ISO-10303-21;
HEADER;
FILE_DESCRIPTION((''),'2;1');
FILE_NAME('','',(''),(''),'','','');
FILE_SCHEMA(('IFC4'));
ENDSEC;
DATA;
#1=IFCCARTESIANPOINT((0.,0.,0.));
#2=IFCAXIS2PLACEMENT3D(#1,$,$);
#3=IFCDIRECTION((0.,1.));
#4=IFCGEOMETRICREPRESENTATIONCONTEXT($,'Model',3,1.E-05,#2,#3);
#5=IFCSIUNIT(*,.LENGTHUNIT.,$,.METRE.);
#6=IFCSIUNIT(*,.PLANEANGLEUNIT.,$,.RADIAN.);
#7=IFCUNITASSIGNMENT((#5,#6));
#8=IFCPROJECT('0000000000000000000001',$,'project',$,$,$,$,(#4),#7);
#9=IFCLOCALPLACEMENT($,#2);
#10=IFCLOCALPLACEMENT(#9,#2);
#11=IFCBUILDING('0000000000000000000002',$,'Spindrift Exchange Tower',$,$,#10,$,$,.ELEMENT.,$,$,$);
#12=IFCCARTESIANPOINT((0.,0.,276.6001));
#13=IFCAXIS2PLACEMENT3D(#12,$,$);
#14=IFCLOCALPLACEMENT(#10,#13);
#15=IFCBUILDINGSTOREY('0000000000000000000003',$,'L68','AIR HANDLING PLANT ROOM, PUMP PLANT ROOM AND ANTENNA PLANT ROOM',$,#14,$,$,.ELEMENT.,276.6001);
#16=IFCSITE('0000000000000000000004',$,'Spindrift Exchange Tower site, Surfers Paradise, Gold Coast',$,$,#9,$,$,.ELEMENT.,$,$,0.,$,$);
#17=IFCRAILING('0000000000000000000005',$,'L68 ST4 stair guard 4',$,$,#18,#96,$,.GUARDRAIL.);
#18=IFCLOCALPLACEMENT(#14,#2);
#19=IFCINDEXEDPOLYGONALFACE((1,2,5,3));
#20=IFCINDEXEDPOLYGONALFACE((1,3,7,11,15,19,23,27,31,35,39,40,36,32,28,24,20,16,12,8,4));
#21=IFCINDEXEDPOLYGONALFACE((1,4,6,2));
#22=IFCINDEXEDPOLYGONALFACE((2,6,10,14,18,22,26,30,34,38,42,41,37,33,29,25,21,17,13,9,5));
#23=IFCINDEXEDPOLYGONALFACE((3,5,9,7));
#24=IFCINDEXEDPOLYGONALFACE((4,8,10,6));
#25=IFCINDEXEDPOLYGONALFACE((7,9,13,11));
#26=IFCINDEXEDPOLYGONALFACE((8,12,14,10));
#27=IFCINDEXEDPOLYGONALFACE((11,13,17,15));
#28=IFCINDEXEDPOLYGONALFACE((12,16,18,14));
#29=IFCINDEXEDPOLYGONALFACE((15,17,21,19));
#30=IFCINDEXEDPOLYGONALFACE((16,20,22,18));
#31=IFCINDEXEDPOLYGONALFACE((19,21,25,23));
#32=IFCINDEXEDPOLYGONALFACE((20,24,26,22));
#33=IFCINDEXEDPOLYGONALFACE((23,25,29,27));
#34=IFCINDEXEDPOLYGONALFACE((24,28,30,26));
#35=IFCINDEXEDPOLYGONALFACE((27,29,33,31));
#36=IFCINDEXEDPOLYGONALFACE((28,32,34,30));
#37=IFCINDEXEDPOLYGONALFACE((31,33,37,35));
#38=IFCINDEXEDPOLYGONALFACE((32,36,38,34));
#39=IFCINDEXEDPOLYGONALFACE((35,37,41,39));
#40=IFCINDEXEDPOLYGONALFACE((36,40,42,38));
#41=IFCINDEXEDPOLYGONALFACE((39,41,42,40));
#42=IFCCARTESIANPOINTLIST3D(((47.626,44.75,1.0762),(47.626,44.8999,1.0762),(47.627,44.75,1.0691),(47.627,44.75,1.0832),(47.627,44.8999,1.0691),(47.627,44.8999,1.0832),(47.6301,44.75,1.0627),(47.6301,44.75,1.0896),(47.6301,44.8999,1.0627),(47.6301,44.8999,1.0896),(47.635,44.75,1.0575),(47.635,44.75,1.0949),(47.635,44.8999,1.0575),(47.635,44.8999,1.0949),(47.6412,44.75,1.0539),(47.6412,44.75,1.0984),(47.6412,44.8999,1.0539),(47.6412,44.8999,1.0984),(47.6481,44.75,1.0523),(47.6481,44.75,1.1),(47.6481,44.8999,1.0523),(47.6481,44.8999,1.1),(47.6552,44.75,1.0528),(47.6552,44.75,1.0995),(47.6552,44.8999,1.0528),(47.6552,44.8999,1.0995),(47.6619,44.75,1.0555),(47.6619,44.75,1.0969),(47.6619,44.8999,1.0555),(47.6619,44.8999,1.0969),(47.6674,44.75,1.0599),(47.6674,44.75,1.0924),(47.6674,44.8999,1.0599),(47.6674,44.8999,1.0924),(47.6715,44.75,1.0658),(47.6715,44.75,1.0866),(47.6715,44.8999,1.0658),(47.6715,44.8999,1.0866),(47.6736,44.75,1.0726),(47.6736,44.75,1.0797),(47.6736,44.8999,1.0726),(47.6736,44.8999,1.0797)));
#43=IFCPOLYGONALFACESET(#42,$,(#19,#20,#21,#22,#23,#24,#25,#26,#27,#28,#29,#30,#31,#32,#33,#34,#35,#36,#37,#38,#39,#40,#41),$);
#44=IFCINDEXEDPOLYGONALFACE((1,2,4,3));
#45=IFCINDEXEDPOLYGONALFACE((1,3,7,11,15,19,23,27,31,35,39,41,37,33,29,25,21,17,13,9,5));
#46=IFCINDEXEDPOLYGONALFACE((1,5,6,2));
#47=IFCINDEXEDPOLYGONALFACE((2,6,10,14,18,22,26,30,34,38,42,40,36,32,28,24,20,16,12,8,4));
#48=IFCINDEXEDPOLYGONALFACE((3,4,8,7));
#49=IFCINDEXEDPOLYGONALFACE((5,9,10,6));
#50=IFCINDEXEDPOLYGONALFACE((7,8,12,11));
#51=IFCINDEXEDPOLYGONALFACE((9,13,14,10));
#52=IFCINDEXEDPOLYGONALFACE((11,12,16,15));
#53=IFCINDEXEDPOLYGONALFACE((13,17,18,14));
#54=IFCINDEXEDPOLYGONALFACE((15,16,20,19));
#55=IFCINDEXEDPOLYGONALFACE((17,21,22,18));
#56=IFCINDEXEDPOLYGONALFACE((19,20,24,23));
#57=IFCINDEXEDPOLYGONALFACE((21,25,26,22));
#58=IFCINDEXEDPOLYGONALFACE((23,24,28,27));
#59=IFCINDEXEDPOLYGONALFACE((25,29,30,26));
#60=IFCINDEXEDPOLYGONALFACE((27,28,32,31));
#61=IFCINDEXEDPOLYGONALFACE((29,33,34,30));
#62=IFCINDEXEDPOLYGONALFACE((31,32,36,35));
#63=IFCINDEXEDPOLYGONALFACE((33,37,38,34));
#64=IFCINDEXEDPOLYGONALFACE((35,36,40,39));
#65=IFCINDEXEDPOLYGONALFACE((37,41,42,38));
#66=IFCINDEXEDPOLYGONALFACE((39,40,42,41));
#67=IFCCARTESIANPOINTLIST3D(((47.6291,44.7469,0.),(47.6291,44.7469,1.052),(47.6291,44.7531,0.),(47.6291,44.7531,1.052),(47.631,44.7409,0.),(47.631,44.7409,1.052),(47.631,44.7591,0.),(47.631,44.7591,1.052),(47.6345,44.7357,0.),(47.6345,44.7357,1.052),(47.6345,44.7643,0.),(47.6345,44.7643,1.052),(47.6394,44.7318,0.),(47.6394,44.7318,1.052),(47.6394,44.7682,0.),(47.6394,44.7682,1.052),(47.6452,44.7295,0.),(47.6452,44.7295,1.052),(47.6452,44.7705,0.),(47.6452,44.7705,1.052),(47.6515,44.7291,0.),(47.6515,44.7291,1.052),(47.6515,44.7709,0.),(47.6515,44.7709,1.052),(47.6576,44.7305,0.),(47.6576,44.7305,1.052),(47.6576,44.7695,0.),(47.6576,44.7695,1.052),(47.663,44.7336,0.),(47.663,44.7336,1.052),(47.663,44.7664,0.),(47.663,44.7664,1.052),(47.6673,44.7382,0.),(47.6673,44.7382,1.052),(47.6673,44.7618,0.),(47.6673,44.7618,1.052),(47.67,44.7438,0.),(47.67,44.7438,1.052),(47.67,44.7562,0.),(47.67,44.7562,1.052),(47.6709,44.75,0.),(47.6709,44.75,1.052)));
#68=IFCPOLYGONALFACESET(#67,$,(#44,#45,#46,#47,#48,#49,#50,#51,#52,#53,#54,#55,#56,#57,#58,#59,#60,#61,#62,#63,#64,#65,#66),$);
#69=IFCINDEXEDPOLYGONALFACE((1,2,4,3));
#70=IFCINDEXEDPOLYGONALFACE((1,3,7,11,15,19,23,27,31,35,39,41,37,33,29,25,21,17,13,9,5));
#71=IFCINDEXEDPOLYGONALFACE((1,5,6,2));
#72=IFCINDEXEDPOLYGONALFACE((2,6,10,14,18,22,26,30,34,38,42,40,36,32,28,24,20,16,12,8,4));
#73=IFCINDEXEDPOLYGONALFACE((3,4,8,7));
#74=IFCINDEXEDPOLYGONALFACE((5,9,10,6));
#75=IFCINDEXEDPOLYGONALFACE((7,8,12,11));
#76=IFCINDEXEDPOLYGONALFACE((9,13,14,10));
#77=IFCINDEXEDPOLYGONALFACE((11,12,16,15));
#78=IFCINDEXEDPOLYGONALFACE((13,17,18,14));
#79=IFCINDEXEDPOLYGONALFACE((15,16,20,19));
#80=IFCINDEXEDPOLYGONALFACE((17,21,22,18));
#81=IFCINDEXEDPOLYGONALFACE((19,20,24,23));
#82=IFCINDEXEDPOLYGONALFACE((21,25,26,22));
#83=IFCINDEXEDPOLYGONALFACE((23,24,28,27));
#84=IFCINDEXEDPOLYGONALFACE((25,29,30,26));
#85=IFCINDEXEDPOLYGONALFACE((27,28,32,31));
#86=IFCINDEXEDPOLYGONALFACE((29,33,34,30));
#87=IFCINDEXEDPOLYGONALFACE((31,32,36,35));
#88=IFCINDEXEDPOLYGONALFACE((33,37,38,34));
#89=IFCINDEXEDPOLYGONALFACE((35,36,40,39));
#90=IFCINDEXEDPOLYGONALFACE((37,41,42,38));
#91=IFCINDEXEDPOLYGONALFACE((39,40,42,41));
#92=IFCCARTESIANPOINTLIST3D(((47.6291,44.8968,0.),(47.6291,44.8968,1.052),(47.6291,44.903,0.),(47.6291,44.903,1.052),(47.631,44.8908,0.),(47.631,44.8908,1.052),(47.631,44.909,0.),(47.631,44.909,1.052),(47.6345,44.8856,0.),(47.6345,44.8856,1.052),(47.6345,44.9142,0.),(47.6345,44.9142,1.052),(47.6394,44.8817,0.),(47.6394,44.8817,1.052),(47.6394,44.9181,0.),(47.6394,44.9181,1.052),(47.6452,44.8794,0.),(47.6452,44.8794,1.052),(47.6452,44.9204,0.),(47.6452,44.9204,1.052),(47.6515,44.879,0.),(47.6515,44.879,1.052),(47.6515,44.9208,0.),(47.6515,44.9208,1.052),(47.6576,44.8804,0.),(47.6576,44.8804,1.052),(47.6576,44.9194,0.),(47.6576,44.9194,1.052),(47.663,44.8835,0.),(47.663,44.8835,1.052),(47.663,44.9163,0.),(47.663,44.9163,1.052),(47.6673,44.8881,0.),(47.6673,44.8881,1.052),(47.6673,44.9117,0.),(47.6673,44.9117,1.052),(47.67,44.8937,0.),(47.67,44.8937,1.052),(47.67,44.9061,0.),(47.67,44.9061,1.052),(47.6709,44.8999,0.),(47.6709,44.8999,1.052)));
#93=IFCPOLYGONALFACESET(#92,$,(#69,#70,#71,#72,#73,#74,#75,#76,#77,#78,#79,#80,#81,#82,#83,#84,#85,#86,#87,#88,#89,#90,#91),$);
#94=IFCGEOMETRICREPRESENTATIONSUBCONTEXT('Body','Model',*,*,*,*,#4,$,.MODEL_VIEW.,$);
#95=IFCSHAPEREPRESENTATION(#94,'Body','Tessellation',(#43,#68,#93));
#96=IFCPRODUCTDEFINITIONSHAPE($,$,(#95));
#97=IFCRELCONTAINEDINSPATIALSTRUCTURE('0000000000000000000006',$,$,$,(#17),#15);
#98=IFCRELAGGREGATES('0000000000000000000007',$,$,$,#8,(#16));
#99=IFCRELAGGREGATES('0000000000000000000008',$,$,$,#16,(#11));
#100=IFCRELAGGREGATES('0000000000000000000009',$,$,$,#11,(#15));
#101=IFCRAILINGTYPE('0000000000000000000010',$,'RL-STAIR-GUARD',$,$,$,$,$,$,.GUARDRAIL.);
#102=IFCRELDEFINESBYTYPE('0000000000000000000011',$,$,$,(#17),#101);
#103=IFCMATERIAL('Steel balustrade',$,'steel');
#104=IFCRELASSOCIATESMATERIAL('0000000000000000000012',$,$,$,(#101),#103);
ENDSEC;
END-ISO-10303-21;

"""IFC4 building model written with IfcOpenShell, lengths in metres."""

from ifc_helpers import new_model, si_unit, direction, frame, origin, origin_2d, place, context, subcontext, project, spatial, circle, extrude, material, type_object, element, save


model = new_model("IFC4")

# Units and contexts
model_context = context("Model", 3, precision=1e-05, world=origin(), true_north=direction((0.0, 1.0)))
body_context = subcontext(model_context, "Body", "Model", "MODEL_VIEW")
ifc_project = project(units=[si_unit("LENGTHUNIT", "METRE"), si_unit("PLANEANGLEUNIT", "RADIAN")], contexts=[model_context])

# Site, building, storey
site_placement = place(None, origin())
site = spatial("IfcSite", under=ifc_project, at=site_placement, Name="Spindrift Exchange Tower site, Surfers Paradise, Gold Coast", CompositionType="ELEMENT", RefElevation=0.0)
building_placement = place(site_placement, origin())
building = spatial("IfcBuilding", under=site, at=building_placement, Name="Spindrift Exchange Tower", CompositionType="ELEMENT")
storey_placement = place(building_placement, frame((0.0, 0.0, 276.6001)))
storey = spatial("IfcBuildingStorey", under=building, at=storey_placement, Name="L68", Description="AIR HANDLING PLANT ROOM, PUMP PLANT ROOM AND ANTENNA PLANT ROOM", CompositionType="ELEMENT", Elevation=276.6001)

# Railing
ifc_material_1 = material(Name="Steel balustrade", Category="steel")
railing_type_1 = type_object("IfcRailingType", Name="RL-STAIR-GUARD", PredefinedType="GUARDRAIL", material=ifc_material_1)
railing_1_placement = place(storey_placement, frame((47.6499, 44.75, 0.0)))
element("IfcRailing", 1, at=railing_1_placement, inside=storey, type_object=railing_type_1, Name="L68 ST4 stair guard 4", PredefinedType="GUARDRAIL", context=body_context, shape_type="SweptSolid", body=[
    extrude(circle(Radius=0.0239, at=origin_2d()), frame((0.0, 0.0, 1.0762), z_axis=(0.0, 1.0, 0.0), x_axis=(-1.0, 0.0, 0.0)), (0.0, 0.0, 1.0), 0.1499),
    extrude(circle(Radius=0.021, at=origin_2d()), origin(), (0.0, 0.0, 1.0), 1.052),
    extrude(circle(Radius=0.021, at=origin_2d()), frame((0.0, 0.1499, 0.0)), (0.0, 0.0, 1.0), 1.052),
])

save(model, "model.ifc")
